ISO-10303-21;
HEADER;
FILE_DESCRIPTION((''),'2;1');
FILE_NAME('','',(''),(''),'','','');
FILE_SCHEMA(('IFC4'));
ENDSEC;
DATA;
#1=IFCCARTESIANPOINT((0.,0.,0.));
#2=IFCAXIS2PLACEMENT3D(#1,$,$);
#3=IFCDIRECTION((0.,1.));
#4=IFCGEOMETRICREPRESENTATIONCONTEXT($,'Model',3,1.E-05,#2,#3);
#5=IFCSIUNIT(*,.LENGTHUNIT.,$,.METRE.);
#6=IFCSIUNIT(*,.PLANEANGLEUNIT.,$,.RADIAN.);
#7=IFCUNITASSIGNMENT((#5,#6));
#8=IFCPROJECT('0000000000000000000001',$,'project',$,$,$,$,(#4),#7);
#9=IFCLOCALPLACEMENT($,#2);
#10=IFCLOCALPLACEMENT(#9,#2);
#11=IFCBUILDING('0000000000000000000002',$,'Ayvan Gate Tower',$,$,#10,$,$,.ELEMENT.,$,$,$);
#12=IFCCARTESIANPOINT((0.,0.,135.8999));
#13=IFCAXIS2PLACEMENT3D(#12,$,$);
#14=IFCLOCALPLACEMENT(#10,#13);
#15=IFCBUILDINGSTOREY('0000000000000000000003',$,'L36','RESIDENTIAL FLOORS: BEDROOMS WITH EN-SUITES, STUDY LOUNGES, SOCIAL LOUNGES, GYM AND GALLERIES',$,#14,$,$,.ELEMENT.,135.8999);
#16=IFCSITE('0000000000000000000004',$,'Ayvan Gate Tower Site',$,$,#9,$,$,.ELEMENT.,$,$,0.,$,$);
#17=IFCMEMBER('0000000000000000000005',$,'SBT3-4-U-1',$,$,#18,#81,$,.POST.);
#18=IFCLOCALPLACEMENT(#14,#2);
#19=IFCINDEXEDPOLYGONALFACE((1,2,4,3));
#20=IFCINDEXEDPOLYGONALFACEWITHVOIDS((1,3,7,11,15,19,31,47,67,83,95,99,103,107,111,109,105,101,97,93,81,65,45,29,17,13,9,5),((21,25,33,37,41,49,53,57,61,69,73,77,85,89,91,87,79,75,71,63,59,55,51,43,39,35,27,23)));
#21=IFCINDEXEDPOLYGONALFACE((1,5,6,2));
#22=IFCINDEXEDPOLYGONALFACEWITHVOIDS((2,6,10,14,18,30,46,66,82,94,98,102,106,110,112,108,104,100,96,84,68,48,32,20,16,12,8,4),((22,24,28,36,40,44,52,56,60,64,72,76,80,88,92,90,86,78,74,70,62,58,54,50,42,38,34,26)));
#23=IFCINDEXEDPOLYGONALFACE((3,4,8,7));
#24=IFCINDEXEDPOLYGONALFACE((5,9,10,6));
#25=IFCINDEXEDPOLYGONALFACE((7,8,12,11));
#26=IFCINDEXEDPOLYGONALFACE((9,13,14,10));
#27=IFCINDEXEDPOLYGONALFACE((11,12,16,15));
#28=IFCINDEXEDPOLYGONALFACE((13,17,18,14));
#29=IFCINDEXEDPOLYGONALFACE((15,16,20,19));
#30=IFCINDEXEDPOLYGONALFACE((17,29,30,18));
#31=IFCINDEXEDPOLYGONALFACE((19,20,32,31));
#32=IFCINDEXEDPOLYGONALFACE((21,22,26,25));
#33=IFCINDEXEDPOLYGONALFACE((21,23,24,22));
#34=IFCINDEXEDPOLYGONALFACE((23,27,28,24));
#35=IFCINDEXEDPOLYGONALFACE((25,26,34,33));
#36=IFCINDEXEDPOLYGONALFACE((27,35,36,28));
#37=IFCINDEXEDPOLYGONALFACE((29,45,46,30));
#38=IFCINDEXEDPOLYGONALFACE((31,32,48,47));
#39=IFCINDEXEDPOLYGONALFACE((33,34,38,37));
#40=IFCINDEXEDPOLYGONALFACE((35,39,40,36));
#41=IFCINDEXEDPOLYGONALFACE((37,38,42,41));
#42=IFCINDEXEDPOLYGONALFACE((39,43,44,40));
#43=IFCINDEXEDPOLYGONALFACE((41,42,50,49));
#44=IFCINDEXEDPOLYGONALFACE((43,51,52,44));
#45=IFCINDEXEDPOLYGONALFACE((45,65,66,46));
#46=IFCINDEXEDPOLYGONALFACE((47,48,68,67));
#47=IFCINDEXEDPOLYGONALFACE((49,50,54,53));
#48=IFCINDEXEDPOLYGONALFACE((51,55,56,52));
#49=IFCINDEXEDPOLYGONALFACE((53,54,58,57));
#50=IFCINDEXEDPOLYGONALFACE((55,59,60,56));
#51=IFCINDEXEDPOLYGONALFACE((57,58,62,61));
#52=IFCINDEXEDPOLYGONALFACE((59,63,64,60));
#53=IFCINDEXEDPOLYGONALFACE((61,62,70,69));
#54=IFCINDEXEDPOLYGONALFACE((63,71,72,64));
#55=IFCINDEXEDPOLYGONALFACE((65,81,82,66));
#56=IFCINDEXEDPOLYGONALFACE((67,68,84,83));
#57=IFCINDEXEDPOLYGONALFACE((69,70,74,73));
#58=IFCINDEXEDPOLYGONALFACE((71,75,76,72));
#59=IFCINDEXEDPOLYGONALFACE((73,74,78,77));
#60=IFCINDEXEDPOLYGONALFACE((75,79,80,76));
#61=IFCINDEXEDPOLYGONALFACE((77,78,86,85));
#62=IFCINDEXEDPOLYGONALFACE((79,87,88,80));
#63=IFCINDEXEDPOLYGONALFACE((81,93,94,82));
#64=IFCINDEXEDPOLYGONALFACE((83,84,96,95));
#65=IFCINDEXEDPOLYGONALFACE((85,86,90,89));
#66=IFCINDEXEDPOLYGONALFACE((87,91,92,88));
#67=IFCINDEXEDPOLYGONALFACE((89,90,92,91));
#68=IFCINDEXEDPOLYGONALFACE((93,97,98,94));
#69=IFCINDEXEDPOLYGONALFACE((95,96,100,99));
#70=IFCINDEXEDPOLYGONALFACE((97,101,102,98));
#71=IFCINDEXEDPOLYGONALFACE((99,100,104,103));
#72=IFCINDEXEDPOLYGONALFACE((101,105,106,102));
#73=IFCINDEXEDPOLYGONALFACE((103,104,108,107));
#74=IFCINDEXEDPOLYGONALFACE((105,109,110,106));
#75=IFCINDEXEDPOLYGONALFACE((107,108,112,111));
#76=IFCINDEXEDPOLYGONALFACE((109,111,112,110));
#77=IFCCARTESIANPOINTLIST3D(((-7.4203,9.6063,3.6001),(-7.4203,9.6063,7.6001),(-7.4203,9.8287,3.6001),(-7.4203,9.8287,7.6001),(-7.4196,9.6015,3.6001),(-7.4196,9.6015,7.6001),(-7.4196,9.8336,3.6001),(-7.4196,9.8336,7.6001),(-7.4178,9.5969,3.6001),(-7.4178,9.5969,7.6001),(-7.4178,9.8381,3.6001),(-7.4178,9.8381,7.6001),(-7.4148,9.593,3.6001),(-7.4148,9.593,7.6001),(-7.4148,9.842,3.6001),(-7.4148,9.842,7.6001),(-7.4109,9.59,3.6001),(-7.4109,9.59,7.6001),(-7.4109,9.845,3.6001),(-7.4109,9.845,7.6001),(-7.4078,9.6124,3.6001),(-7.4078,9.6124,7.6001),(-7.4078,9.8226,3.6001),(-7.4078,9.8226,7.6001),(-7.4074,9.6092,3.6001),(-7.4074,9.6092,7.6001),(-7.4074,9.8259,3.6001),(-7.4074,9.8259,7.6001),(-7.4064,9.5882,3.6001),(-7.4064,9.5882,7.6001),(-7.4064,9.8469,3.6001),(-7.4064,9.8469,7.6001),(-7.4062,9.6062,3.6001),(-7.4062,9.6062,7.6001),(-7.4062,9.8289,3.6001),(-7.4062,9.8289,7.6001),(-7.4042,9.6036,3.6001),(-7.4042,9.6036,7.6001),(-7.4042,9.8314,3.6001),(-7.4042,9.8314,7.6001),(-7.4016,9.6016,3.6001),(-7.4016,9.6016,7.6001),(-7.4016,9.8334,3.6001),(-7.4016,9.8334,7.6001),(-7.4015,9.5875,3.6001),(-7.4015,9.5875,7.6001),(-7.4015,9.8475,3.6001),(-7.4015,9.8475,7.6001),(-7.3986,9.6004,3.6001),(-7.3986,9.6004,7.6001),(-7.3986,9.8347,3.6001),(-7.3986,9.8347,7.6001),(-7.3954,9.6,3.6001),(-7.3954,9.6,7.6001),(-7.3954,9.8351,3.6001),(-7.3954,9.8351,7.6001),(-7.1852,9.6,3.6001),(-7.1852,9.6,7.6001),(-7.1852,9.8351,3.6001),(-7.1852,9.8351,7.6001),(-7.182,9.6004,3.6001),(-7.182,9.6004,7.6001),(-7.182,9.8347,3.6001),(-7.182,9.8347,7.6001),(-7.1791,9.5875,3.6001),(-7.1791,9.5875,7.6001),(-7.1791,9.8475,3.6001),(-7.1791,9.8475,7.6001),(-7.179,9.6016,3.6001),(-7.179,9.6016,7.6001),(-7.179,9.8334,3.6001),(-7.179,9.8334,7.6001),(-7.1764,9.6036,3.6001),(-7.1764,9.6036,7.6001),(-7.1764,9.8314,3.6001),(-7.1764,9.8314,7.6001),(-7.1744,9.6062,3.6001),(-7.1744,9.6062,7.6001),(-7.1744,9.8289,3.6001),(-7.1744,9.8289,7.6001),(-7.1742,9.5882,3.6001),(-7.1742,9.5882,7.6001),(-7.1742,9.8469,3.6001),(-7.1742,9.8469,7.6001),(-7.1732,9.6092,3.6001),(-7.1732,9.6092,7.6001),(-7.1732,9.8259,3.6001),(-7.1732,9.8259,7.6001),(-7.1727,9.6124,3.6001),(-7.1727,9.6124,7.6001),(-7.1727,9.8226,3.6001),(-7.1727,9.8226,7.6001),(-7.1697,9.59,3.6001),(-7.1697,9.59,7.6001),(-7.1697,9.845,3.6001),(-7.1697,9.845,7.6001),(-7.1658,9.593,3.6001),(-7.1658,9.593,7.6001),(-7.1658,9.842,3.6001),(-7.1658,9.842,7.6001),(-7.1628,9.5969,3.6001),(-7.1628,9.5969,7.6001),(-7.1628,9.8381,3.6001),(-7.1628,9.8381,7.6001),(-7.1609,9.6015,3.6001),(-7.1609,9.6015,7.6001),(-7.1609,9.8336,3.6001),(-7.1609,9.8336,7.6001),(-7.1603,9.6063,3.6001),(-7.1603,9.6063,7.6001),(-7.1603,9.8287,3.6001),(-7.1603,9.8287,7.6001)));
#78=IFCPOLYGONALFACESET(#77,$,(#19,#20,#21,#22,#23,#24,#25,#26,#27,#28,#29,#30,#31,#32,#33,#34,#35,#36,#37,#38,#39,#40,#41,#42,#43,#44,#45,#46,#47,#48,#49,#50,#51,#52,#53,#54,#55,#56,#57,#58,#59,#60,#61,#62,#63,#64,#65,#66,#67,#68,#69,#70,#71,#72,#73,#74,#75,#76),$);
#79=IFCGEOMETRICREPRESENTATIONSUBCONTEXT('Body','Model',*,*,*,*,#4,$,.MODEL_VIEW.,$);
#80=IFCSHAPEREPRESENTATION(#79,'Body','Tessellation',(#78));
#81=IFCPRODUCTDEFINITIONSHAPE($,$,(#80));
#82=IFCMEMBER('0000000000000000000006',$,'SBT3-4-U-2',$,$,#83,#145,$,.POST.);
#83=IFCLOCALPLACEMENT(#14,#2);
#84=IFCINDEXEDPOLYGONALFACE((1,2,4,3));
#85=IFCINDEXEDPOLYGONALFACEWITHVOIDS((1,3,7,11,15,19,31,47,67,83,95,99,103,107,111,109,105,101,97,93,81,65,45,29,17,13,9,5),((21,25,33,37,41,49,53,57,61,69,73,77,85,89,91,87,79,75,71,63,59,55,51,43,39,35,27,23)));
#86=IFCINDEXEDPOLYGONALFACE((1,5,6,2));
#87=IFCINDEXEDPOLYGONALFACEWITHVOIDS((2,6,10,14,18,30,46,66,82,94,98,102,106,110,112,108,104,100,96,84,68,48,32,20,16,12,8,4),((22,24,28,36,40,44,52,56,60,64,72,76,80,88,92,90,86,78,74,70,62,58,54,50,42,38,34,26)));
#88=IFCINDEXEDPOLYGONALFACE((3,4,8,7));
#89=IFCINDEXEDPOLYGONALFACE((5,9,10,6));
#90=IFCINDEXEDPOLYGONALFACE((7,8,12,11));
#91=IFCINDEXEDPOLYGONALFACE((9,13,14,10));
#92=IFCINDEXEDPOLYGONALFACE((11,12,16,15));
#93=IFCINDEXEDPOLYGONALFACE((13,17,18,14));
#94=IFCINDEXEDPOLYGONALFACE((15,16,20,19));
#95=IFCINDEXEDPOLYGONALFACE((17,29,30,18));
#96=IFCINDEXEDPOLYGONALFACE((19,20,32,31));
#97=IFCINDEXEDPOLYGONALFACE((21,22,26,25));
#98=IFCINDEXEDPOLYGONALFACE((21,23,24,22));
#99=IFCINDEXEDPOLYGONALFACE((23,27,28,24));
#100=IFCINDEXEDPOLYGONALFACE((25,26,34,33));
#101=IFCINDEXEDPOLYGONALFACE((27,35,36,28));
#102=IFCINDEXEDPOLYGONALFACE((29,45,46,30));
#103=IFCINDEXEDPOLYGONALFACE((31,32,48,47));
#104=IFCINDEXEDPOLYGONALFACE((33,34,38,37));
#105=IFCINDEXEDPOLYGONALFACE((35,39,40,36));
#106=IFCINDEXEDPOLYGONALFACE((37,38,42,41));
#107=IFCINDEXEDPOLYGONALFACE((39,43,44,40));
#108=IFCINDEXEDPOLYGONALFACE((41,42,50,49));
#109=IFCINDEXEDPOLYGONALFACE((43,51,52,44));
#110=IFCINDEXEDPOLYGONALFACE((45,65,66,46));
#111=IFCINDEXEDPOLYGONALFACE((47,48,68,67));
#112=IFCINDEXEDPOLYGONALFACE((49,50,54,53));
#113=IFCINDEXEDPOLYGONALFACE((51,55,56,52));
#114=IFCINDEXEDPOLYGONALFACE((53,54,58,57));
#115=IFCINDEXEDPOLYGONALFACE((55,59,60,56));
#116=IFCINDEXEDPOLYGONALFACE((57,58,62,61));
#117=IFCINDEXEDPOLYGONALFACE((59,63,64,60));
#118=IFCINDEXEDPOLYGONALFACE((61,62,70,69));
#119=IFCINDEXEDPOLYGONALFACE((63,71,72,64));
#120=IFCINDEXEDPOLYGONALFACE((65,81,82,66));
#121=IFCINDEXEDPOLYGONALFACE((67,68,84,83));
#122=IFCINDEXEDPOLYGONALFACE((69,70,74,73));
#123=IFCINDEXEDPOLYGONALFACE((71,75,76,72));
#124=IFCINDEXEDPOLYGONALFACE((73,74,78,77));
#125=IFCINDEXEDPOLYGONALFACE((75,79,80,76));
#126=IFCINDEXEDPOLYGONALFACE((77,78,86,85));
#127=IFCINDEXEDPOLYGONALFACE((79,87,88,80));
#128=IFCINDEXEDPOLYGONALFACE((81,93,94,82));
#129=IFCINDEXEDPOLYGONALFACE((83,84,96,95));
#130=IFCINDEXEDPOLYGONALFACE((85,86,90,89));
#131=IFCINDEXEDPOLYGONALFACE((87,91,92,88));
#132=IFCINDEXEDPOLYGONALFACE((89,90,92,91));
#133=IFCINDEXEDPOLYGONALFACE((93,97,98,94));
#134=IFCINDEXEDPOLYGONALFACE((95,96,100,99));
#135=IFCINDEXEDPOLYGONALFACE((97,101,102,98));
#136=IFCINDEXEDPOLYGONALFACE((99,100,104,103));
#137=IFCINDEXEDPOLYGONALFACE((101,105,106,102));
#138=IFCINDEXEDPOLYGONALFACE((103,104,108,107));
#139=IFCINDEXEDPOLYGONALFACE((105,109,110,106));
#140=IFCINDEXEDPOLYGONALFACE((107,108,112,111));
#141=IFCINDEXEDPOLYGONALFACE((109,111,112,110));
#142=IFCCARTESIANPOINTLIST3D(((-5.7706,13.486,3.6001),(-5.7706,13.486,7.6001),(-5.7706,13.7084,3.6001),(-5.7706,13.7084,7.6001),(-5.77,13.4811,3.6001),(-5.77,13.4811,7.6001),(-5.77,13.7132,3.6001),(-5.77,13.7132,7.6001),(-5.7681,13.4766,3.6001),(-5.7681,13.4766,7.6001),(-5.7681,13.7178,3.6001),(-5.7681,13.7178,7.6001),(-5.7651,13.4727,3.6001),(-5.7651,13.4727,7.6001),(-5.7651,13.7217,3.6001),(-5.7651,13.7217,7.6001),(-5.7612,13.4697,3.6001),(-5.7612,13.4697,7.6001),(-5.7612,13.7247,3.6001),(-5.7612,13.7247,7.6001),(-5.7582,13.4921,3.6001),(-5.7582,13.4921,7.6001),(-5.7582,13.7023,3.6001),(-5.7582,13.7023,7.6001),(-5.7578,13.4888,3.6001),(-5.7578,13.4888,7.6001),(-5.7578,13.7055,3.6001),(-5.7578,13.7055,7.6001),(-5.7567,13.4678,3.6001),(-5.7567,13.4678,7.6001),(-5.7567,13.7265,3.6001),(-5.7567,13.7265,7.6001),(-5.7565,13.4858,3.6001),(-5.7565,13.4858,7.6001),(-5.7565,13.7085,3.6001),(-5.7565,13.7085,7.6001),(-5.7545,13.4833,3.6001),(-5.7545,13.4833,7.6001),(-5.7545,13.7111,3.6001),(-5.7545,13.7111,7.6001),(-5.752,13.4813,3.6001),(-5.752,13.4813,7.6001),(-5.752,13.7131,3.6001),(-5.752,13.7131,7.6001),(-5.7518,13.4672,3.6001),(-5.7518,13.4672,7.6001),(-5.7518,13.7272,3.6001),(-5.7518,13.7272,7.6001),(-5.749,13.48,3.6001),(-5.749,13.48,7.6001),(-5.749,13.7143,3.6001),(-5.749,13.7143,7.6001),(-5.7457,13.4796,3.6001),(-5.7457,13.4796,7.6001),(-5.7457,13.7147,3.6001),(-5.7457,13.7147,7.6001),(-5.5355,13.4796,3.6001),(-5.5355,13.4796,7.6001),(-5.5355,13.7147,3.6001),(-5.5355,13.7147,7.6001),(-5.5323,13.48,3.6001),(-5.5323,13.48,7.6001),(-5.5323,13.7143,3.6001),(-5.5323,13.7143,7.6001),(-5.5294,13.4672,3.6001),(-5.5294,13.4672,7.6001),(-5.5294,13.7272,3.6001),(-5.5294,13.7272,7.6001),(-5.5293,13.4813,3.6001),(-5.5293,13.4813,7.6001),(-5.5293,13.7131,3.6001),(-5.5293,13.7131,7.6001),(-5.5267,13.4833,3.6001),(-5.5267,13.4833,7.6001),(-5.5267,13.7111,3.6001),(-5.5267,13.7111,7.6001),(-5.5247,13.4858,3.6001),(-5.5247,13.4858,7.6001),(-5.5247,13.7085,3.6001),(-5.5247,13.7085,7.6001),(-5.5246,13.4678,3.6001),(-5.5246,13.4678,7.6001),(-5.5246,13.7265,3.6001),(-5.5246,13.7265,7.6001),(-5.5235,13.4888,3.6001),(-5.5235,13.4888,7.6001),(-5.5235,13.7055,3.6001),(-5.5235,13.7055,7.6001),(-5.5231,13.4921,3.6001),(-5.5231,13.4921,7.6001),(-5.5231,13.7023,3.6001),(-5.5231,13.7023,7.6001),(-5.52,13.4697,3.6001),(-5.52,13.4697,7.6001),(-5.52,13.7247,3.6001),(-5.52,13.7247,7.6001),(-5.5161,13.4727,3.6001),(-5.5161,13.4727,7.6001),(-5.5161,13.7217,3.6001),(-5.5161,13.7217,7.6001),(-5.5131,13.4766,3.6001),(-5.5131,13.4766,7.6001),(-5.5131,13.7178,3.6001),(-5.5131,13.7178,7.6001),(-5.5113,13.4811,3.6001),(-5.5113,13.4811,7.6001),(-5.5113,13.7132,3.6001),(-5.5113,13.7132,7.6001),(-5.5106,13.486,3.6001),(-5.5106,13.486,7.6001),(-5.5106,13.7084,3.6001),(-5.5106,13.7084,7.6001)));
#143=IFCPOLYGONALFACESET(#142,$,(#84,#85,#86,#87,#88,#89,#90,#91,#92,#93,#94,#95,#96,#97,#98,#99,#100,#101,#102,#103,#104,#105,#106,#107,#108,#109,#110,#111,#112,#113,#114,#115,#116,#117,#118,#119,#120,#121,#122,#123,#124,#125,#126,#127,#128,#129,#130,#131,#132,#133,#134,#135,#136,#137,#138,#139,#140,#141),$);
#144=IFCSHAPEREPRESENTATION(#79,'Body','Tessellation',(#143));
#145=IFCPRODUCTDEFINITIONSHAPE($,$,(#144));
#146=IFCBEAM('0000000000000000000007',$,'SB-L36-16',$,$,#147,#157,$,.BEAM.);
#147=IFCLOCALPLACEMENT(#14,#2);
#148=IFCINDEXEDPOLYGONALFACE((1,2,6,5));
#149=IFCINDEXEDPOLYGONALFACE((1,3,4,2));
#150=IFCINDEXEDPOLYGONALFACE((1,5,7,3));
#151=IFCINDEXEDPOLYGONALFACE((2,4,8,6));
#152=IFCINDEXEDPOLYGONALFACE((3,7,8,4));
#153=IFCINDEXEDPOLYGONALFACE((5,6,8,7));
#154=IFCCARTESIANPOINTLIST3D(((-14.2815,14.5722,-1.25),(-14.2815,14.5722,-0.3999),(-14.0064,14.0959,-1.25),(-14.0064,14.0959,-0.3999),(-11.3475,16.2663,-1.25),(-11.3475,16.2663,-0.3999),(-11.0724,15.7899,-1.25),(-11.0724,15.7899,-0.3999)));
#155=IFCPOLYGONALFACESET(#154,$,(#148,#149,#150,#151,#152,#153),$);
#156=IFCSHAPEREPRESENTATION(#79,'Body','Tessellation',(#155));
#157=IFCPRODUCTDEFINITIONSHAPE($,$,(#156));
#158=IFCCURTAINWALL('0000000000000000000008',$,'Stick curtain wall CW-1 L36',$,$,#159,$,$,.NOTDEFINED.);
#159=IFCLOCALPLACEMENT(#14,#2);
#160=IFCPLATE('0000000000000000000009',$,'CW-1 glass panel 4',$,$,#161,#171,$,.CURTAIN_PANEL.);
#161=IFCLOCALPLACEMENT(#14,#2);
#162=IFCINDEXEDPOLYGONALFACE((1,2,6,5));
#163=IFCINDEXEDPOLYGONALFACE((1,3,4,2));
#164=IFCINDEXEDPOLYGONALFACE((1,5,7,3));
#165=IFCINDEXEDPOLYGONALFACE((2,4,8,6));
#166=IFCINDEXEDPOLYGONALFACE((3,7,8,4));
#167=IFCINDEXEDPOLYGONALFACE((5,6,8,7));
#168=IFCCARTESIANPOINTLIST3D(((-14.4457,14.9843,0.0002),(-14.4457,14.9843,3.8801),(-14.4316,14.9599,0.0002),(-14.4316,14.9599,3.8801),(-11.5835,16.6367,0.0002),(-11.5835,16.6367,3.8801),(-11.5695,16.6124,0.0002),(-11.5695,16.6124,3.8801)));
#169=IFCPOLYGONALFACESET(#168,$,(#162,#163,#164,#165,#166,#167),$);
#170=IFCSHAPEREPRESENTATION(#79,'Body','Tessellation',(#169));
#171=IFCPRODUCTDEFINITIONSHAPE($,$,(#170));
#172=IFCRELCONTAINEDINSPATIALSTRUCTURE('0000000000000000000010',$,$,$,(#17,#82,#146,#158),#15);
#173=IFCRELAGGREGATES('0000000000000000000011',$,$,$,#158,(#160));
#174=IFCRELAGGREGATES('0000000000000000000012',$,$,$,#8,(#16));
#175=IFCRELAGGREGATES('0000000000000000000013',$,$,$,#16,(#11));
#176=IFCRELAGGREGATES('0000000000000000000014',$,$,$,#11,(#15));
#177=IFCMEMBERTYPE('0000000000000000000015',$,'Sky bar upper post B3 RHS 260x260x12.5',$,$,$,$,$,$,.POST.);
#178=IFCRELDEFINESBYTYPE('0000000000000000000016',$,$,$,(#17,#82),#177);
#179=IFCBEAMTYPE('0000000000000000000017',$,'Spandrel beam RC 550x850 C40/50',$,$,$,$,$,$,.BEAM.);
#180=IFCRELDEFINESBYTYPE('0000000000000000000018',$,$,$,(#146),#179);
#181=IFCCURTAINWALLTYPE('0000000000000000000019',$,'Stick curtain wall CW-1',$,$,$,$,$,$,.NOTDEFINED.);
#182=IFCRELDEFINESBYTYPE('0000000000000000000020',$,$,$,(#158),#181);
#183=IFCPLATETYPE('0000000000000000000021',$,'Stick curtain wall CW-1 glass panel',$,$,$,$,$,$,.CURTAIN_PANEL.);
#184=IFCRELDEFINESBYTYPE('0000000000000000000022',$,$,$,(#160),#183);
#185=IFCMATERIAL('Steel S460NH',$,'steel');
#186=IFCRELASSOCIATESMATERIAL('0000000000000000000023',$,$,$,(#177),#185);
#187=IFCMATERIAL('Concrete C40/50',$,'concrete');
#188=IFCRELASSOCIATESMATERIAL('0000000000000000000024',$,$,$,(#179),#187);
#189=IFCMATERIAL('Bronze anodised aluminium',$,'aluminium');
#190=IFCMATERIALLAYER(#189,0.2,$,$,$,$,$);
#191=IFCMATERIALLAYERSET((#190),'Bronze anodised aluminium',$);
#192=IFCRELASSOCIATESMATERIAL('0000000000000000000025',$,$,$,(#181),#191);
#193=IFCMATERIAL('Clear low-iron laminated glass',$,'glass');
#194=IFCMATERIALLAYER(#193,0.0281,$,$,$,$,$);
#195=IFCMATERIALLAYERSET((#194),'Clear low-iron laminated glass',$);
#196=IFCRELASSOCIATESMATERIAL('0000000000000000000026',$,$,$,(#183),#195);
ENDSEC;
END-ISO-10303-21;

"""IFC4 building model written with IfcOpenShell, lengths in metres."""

from ifc_helpers import new_model, si_unit, direction, frame, origin, origin_2d, place, context, subcontext, project, spatial, rectangle, hollow_rectangle, extrude, material, layer, layer_set, material_profile, profile_set, type_object, element, aggregate, save


model = new_model("IFC4")

# Units and contexts
model_context = context("Model", 3, precision=1e-05, world=origin(), true_north=direction((0.0, 1.0)))
body_context = subcontext(model_context, "Body", "Model", "MODEL_VIEW")
ifc_project = project(units=[si_unit("LENGTHUNIT", "METRE"), si_unit("PLANEANGLEUNIT", "RADIAN")], contexts=[model_context])

# Site, building, storey
site_placement = place(None, origin())
site = spatial("IfcSite", under=ifc_project, at=site_placement, Name="Ayvan Gate Tower Site", CompositionType="ELEMENT", RefElevation=0.0)
building_placement = place(site_placement, origin())
building = spatial("IfcBuilding", under=site, at=building_placement, Name="Ayvan Gate Tower", CompositionType="ELEMENT")
storey_placement = place(building_placement, frame((0.0, 0.0, 135.8999)))
storey = spatial("IfcBuildingStorey", under=building, at=storey_placement, Name="L36", Description="RESIDENTIAL FLOORS: BEDROOMS WITH EN-SUITES, STUDY LOUNGES, SOCIAL LOUNGES, GYM AND GALLERIES", CompositionType="ELEMENT", Elevation=135.8999)

# Members
ifc_material_1 = material(Name="Steel S460NH", Category="steel")
ifc_material_profile_1 = material_profile(ifc_material_1, hollow_rectangle(XDim=0.26, YDim=0.26, WallThickness=0.0125, InnerFilletRadius=0.0125, OuterFilletRadius=0.0188, at=origin_2d()), Name="RHS 260x260x12.5")
ifc_profile_set_1 = profile_set([ifc_material_profile_1], Name="Steel S460NH")
member_type_1 = type_object("IfcMemberType", Name="Sky bar upper post B3 RHS 260x260x12.5", PredefinedType="POST", material=ifc_profile_set_1)
for number, where, z_axis, x_axis, name in (
    (1, (-7.2903, 9.7175, 3.6001), (0.0, 0.0, 1.0), (1.0, 0.0, 0.0), "SBT3-4-U-1"),
    (2, (-5.6406, 13.5972, 3.6001), (0.0, 0.0, 1.0), (1.0, 0.0, 0.0), "SBT3-4-U-2"),
):
    element("IfcMember", number, at=place(storey_placement, frame(where, z_axis=z_axis, x_axis=x_axis)), inside=storey, type_object=member_type_1, Name=name, PredefinedType="POST", context=body_context, shape_type="SweptSolid", body=[
        extrude(hollow_rectangle(XDim=0.26, YDim=0.26, WallThickness=0.0125, InnerFilletRadius=0.0125, OuterFilletRadius=0.0188, at=origin_2d()), origin(), (0.0, 0.0, 1.0), 4.0),
    ])

# Beam
ifc_material_2 = material(Name="Concrete C40/50", Category="concrete")
ifc_material_profile_2 = material_profile(ifc_material_2, rectangle(XDim=0.55, YDim=0.8501, at=origin_2d()), Name="RC 550x850")
ifc_profile_set_2 = profile_set([ifc_material_profile_2], Name="Concrete C40/50")
beam_type = type_object("IfcBeamType", Name="Spandrel beam RC 550x850 C40/50", PredefinedType="BEAM", material=ifc_profile_set_2)
beam_placement = place(storey_placement, frame((-11.21, 16.0281, -0.825), z_axis=(-0.866013, -0.500022, 0.0), x_axis=(0.500022, -0.866013, 0.0)))
element("IfcBeam", 3, at=beam_placement, inside=storey, type_object=beam_type, Name="SB-L36-16", PredefinedType="BEAM", context=body_context, shape_type="SweptSolid", body=[
    extrude(rectangle(XDim=0.55, YDim=0.8501, at=origin_2d()), origin(), (0.0, 0.0, 1.0), 3.3879),
])

# Curtain wall, plate
ifc_material_3 = material(Name="Bronze anodised aluminium", Category="aluminium")
ifc_layer_1 = layer(ifc_material_3, 0.2)
ifc_layer_set_1 = layer_set([ifc_layer_1], Name="Bronze anodised aluminium")
curtain_wall_type = type_object("IfcCurtainWallType", Name="Stick curtain wall CW-1", PredefinedType="NOTDEFINED", material=ifc_layer_set_1)
curtain_wall_placement = place(storey_placement, origin())
curtain_wall = element("IfcCurtainWall", 4, at=curtain_wall_placement, inside=storey, type_object=curtain_wall_type, Name="Stick curtain wall CW-1 L36", PredefinedType="NOTDEFINED")
ifc_material_4 = material(Name="Clear low-iron laminated glass", Category="glass")
ifc_layer_2 = layer(ifc_material_4, 0.0281)
ifc_layer_set_2 = layer_set([ifc_layer_2], Name="Clear low-iron laminated glass")
plate_type = type_object("IfcPlateType", Name="Stick curtain wall CW-1 glass panel", PredefinedType="CURTAIN_PANEL", material=ifc_layer_set_2)
plate_placement = place(storey_placement, frame((-13.0076, 15.7983, 0.0002), z_axis=(0.0, 0.0, 1.0), x_axis=(-0.866025, -0.5, 0.0)))
plate = element("IfcPlate", 5, at=plate_placement, type_object=plate_type, Name="CW-1 glass panel 4", PredefinedType="CURTAIN_PANEL", context=body_context, shape_type="SweptSolid", body=[
    extrude(rectangle(XDim=3.3049, YDim=0.0281, at=origin_2d()), origin(), (0.0, 0.0, 1.0), 3.8799),
])
aggregate(curtain_wall, [plate])

save(model, "model.ifc")
